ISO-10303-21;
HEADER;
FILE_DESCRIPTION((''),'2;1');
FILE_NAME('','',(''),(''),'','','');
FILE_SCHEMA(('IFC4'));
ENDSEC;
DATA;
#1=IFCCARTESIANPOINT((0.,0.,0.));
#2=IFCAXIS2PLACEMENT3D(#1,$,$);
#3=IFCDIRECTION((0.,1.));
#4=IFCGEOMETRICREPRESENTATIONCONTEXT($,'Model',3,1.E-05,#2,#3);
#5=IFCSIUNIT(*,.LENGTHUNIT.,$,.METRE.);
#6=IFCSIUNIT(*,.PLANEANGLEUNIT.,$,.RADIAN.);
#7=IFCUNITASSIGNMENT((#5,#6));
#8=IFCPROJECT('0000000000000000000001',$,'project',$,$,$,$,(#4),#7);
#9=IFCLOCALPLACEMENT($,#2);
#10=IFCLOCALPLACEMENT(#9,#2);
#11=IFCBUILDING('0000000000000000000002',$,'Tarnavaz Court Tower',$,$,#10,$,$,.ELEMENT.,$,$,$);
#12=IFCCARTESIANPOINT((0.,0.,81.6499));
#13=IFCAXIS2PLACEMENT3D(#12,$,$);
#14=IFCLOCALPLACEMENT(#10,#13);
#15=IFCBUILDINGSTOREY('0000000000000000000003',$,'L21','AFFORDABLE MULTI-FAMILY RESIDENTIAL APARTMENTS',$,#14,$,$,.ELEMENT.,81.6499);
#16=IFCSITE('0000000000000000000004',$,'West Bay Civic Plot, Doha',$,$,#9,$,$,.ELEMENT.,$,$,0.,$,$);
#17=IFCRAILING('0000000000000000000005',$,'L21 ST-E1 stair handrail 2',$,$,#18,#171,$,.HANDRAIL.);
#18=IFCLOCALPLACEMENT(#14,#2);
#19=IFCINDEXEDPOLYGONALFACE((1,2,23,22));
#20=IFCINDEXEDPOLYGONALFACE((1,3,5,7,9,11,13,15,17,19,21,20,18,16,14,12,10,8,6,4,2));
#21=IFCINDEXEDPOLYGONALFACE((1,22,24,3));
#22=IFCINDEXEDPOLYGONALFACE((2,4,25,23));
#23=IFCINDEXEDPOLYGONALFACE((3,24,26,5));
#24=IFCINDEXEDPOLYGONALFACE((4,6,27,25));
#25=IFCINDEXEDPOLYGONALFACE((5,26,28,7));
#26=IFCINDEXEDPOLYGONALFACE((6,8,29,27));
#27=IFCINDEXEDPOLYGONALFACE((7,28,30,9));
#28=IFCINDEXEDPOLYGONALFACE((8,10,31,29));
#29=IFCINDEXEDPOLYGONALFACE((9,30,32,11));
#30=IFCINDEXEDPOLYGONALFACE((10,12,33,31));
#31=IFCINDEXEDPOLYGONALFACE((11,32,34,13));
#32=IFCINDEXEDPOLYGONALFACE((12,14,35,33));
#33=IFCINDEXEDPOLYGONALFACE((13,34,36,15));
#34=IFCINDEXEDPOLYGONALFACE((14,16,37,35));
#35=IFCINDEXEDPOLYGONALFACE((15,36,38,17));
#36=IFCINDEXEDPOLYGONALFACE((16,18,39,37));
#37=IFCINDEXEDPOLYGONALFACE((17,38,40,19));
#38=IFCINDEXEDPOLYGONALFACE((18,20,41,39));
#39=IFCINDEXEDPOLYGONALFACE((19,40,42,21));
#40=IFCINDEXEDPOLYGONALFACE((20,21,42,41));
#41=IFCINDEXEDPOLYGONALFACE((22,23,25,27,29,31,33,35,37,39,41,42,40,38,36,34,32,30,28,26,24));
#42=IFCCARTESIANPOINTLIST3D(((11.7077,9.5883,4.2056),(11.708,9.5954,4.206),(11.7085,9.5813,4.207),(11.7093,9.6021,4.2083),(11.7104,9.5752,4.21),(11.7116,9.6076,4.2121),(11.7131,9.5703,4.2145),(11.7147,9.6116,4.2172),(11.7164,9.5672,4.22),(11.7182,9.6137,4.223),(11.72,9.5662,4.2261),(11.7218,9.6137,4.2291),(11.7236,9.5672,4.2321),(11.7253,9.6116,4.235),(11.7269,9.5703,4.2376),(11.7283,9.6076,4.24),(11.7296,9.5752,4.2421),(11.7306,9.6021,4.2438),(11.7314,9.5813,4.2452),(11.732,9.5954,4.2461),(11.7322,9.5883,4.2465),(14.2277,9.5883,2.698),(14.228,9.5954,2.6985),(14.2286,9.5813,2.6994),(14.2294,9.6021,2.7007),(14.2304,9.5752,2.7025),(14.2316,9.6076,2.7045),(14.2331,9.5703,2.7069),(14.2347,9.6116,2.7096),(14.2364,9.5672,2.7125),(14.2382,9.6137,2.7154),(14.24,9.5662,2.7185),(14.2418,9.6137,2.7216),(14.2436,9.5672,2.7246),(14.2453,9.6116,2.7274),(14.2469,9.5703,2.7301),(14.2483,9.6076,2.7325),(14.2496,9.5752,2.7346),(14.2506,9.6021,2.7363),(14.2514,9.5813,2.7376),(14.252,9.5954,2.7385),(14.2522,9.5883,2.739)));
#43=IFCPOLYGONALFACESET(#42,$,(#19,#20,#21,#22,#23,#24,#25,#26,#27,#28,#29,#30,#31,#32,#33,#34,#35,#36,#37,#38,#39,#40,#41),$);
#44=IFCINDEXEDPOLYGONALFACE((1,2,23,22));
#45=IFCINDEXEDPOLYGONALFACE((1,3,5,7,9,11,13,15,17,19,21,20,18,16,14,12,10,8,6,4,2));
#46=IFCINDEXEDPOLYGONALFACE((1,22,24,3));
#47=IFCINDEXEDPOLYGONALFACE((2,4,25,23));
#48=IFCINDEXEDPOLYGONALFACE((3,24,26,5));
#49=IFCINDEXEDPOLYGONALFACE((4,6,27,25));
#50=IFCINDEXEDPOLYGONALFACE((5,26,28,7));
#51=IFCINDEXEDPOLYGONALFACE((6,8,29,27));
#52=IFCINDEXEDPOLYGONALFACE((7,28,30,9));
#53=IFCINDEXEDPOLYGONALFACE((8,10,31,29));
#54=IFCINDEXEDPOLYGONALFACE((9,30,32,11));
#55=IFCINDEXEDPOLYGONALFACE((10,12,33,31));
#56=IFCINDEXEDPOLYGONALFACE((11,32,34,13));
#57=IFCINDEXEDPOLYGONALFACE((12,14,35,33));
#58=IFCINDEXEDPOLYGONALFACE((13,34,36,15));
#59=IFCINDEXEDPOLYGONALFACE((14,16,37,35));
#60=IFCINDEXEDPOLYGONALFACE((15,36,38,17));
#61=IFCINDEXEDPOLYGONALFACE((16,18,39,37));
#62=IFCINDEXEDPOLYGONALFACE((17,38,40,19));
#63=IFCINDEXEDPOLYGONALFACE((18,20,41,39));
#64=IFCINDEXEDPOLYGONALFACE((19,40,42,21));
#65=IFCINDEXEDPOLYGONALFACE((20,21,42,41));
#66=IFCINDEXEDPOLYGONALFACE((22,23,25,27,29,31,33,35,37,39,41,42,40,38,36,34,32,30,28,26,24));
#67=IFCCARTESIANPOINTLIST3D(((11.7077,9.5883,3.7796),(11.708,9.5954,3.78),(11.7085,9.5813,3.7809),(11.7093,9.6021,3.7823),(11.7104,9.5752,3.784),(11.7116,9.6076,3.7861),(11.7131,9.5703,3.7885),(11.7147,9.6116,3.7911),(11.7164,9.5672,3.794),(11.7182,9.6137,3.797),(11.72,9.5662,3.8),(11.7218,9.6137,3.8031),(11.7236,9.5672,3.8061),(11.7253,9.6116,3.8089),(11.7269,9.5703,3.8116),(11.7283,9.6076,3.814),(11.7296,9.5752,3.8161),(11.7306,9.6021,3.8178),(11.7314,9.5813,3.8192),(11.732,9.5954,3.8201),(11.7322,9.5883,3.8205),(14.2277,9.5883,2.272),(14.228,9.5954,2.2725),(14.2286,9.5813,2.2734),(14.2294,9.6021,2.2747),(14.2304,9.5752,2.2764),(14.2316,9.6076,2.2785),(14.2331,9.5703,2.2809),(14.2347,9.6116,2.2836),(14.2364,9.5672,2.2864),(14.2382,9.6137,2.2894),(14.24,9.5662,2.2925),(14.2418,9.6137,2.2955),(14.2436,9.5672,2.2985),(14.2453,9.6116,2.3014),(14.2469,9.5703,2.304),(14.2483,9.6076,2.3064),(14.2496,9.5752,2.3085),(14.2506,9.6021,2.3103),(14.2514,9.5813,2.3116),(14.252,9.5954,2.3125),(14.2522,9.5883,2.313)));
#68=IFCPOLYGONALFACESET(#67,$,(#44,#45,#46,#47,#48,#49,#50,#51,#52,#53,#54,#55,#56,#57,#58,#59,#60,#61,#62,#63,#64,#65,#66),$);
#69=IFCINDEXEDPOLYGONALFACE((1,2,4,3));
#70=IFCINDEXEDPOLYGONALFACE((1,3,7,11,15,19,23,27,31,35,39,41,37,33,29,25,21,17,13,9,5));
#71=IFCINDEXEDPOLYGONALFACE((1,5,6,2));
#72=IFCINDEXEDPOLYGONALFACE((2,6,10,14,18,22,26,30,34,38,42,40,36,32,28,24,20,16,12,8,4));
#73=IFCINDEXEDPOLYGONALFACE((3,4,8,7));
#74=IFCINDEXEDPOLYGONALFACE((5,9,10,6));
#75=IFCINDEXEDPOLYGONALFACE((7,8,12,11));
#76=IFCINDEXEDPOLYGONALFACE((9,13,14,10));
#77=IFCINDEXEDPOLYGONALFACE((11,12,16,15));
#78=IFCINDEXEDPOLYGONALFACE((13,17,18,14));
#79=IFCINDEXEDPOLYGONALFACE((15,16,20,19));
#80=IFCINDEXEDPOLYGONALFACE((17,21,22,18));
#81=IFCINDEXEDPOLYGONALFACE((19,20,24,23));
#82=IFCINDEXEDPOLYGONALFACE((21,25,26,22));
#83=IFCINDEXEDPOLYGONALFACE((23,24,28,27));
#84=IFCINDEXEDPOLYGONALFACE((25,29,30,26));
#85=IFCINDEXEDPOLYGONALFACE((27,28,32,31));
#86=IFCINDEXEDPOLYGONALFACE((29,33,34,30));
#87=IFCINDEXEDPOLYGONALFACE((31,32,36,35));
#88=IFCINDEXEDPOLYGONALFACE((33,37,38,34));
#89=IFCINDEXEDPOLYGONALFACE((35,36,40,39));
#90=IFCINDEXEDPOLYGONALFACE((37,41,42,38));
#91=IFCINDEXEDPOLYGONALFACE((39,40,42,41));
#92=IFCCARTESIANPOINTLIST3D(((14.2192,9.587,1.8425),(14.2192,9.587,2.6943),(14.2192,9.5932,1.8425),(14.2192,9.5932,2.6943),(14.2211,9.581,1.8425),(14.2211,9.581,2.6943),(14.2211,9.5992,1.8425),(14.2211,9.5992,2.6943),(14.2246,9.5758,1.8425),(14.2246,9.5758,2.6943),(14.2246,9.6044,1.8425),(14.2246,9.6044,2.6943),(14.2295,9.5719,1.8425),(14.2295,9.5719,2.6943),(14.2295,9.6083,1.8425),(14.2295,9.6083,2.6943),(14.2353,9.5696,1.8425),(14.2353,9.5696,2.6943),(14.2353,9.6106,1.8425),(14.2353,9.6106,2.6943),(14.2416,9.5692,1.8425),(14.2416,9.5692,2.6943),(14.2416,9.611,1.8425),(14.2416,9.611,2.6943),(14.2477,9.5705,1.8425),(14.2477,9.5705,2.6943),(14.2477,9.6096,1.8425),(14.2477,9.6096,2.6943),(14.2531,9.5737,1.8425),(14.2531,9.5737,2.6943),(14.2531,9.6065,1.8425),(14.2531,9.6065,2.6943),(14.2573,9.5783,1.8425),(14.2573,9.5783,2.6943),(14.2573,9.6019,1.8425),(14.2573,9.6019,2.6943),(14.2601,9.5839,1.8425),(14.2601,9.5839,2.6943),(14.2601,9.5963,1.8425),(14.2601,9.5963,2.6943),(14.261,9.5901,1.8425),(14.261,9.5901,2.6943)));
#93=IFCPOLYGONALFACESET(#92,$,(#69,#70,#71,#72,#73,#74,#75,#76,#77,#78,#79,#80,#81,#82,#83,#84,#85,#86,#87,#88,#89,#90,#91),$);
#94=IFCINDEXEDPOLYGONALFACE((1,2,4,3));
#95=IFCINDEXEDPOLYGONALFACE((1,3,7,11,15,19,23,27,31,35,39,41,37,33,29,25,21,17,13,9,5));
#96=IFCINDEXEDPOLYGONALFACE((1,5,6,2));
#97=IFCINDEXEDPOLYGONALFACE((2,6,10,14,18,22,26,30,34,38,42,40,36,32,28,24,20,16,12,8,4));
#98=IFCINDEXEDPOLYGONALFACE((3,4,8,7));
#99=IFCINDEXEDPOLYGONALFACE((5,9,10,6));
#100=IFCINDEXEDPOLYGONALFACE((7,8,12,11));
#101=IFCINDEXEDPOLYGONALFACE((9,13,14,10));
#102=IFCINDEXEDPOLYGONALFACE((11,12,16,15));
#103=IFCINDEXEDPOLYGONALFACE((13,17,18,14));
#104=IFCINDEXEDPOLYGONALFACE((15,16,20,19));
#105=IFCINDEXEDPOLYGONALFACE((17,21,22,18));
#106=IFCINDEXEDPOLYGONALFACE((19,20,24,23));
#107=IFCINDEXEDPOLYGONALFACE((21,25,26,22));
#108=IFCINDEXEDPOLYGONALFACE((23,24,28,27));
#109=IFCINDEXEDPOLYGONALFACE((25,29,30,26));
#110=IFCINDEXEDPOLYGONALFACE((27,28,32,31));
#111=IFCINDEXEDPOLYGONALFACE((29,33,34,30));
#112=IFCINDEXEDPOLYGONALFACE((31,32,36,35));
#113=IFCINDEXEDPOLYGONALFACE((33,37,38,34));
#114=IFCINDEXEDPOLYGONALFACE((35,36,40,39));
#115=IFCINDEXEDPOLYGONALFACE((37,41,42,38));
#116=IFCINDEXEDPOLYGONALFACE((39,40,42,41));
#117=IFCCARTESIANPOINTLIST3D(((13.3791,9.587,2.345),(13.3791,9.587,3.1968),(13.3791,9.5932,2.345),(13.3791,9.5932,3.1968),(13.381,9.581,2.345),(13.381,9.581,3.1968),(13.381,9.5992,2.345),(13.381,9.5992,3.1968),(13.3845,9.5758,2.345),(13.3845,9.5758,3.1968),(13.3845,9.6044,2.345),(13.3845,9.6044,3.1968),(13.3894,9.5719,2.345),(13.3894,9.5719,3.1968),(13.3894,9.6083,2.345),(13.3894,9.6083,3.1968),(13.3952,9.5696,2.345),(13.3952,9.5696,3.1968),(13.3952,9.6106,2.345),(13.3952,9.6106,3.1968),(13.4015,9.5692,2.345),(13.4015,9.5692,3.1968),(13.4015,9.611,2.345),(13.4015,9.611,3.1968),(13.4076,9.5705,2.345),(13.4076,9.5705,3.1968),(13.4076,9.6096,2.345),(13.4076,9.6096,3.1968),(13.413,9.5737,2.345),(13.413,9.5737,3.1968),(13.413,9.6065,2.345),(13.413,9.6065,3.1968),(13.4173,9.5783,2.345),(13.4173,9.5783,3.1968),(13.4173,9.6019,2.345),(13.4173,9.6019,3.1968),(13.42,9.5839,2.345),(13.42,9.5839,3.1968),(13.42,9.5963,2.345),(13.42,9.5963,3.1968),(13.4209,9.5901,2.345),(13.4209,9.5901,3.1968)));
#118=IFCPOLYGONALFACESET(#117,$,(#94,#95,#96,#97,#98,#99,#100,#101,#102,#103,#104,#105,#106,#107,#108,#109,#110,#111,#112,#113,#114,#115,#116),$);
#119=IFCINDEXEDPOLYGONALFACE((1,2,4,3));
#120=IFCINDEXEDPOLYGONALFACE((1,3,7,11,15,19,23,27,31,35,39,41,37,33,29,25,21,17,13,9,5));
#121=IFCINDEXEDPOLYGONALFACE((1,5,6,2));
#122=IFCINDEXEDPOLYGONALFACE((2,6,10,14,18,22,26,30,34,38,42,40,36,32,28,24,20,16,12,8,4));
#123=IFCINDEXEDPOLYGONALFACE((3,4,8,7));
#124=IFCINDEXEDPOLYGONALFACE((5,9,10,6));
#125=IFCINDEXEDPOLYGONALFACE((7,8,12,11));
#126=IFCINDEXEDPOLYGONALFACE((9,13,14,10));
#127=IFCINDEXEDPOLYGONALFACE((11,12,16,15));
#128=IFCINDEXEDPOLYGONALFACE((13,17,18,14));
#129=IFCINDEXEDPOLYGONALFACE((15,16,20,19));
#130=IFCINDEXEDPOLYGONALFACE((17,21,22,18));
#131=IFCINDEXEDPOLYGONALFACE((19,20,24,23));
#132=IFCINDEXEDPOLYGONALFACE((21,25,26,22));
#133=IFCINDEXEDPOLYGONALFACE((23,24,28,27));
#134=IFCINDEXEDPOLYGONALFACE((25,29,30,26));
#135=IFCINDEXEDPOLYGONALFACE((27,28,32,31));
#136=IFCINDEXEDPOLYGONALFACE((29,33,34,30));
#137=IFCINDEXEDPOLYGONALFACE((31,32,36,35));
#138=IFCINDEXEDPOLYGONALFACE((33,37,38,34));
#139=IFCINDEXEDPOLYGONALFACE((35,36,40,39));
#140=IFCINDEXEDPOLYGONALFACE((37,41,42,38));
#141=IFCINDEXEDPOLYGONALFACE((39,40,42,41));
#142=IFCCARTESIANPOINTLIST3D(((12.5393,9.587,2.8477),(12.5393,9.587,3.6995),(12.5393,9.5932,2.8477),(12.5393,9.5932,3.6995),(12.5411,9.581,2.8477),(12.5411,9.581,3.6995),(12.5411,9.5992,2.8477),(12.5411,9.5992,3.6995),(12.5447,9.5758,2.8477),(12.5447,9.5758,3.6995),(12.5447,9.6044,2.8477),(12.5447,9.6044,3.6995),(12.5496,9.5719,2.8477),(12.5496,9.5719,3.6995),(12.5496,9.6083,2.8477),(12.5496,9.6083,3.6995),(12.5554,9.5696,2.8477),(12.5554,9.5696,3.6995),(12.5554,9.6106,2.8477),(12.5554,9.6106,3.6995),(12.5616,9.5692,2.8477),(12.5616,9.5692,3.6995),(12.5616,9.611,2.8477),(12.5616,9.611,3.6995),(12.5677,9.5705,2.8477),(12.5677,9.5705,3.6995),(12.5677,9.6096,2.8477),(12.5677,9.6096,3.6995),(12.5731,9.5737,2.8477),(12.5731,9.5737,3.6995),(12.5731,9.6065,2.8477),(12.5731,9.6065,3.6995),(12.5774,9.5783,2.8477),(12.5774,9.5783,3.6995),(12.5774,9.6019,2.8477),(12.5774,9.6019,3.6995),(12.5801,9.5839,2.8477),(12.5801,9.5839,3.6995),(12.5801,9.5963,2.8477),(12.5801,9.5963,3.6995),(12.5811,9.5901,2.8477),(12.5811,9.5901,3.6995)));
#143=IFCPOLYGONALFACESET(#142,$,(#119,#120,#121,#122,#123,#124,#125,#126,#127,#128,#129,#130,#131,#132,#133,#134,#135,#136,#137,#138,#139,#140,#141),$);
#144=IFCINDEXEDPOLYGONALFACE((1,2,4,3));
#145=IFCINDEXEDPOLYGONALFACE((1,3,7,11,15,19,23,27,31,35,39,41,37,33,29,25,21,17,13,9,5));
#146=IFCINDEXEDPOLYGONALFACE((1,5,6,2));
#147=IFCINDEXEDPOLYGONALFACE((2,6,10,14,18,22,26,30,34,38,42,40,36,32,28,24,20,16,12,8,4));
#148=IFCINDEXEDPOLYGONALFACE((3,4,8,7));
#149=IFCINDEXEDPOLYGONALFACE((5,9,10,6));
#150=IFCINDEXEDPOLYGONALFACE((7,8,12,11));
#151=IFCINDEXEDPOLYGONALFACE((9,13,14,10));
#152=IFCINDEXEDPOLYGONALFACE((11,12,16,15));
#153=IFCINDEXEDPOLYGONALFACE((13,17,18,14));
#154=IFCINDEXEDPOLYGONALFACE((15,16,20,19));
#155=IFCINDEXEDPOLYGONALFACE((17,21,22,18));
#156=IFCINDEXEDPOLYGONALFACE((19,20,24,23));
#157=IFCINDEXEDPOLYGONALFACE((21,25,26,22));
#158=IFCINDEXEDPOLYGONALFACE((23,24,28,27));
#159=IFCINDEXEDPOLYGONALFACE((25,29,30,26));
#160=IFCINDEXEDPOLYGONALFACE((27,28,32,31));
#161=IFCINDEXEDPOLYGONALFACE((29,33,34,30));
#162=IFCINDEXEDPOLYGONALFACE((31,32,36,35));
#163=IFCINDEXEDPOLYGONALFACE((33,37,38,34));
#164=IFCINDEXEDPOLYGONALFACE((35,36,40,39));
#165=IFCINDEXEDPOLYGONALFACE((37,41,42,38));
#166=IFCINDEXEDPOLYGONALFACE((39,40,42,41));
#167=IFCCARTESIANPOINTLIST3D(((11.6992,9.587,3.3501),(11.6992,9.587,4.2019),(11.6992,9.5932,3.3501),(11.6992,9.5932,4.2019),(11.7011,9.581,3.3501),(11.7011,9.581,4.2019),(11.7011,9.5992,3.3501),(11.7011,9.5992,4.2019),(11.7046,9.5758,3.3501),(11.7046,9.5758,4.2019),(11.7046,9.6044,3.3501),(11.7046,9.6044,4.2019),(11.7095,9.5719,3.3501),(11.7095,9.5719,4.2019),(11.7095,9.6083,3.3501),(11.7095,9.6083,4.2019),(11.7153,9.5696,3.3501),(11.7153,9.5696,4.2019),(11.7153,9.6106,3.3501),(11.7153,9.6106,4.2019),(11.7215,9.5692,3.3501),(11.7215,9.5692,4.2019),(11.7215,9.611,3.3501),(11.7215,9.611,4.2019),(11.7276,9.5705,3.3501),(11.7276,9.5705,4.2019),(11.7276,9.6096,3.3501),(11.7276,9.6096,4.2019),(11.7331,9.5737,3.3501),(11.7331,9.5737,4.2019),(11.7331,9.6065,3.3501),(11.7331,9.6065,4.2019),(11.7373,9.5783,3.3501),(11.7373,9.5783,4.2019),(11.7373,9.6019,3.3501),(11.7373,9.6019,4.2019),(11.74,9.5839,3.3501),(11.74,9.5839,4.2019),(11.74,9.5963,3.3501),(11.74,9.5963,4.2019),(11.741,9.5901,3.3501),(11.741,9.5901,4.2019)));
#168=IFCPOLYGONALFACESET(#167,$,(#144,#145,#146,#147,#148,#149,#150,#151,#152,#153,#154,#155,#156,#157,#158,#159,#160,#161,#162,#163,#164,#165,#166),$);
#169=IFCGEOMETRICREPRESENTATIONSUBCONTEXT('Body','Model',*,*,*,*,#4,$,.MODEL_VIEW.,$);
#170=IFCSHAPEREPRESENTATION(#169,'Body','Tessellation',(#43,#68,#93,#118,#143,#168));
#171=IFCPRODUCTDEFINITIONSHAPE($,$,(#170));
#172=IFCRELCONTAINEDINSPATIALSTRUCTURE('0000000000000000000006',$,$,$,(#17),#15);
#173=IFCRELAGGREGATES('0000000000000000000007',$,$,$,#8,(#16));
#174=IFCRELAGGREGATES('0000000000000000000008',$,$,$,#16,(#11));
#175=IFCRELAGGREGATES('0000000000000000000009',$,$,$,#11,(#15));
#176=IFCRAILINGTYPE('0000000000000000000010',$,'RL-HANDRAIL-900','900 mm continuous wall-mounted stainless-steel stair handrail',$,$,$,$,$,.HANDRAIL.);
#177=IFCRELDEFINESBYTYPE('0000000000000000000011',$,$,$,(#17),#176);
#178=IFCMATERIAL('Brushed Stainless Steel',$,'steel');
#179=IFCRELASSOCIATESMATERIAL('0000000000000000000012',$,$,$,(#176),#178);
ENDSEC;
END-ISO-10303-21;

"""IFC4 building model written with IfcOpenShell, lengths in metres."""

from ifc_helpers import new_model, si_unit, direction, frame, origin, origin_2d, place, context, subcontext, project, spatial, circle, extrude, material, type_object, element, save


model = new_model("IFC4")

# Units and contexts
model_context = context("Model", 3, precision=1e-05, world=origin(), true_north=direction((0.0, 1.0)))
body_context = subcontext(model_context, "Body", "Model", "MODEL_VIEW")
ifc_project = project(units=[si_unit("LENGTHUNIT", "METRE"), si_unit("PLANEANGLEUNIT", "RADIAN")], contexts=[model_context])

# Site, building, storey
site_placement = place(None, origin())
site = spatial("IfcSite", under=ifc_project, at=site_placement, Name="West Bay Civic Plot, Doha", CompositionType="ELEMENT", RefElevation=0.0)
building_placement = place(site_placement, origin())
building = spatial("IfcBuilding", under=site, at=building_placement, Name="Tarnavaz Court Tower", CompositionType="ELEMENT")
storey_placement = place(building_placement, frame((0.0, 0.0, 81.6499)))
storey = spatial("IfcBuildingStorey", under=building, at=storey_placement, Name="L21", Description="AFFORDABLE MULTI-FAMILY RESIDENTIAL APARTMENTS", CompositionType="ELEMENT", Elevation=81.6499)

# Railing
ifc_material_1 = material(Name="Brushed Stainless Steel", Category="steel")
railing_type_1 = type_object("IfcRailingType", Name="RL-HANDRAIL-900", Description="900 mm continuous wall-mounted stainless-steel stair handrail", PredefinedType="HANDRAIL", material=ifc_material_1)
railing_1_placement = place(storey_placement, frame((14.24, 9.5901, 1.8425)))
element("IfcRailing", 1, at=railing_1_placement, inside=storey, type_object=railing_type_1, Name="L21 ST-E1 stair handrail 2", PredefinedType="HANDRAIL", context=body_context, shape_type="SweptSolid", body=[
    extrude(circle(Radius=0.0239, at=origin_2d()), frame((0.0, 0.0, 0.876), z_axis=(-0.85816, 0.0, 0.513383), x_axis=(0.0, -1.0, 0.0)), (0.0, 0.0, 1.0), 2.9365),
    extrude(circle(Radius=0.0239, at=origin_2d()), frame((0.0, 0.0, 0.45), z_axis=(-0.85816, 0.0, 0.513383), x_axis=(0.0, -1.0, 0.0)), (0.0, 0.0, 1.0), 2.9365),
    extrude(circle(Radius=0.021, at=origin_2d()), origin(), (0.0, 0.0, 1.0), 0.8518),
    extrude(circle(Radius=0.021, at=origin_2d()), frame((-0.8401, 0.0, 0.5024)), (0.0, 0.0, 1.0), 0.8518),
    extrude(circle(Radius=0.021, at=origin_2d()), frame((-1.6799, 0.0, 1.0051)), (0.0, 0.0, 1.0), 0.8518),
    extrude(circle(Radius=0.021, at=origin_2d()), frame((-2.52, 0.0, 1.5076)), (0.0, 0.0, 1.0), 0.8518),
])

save(model, "model.ifc")
